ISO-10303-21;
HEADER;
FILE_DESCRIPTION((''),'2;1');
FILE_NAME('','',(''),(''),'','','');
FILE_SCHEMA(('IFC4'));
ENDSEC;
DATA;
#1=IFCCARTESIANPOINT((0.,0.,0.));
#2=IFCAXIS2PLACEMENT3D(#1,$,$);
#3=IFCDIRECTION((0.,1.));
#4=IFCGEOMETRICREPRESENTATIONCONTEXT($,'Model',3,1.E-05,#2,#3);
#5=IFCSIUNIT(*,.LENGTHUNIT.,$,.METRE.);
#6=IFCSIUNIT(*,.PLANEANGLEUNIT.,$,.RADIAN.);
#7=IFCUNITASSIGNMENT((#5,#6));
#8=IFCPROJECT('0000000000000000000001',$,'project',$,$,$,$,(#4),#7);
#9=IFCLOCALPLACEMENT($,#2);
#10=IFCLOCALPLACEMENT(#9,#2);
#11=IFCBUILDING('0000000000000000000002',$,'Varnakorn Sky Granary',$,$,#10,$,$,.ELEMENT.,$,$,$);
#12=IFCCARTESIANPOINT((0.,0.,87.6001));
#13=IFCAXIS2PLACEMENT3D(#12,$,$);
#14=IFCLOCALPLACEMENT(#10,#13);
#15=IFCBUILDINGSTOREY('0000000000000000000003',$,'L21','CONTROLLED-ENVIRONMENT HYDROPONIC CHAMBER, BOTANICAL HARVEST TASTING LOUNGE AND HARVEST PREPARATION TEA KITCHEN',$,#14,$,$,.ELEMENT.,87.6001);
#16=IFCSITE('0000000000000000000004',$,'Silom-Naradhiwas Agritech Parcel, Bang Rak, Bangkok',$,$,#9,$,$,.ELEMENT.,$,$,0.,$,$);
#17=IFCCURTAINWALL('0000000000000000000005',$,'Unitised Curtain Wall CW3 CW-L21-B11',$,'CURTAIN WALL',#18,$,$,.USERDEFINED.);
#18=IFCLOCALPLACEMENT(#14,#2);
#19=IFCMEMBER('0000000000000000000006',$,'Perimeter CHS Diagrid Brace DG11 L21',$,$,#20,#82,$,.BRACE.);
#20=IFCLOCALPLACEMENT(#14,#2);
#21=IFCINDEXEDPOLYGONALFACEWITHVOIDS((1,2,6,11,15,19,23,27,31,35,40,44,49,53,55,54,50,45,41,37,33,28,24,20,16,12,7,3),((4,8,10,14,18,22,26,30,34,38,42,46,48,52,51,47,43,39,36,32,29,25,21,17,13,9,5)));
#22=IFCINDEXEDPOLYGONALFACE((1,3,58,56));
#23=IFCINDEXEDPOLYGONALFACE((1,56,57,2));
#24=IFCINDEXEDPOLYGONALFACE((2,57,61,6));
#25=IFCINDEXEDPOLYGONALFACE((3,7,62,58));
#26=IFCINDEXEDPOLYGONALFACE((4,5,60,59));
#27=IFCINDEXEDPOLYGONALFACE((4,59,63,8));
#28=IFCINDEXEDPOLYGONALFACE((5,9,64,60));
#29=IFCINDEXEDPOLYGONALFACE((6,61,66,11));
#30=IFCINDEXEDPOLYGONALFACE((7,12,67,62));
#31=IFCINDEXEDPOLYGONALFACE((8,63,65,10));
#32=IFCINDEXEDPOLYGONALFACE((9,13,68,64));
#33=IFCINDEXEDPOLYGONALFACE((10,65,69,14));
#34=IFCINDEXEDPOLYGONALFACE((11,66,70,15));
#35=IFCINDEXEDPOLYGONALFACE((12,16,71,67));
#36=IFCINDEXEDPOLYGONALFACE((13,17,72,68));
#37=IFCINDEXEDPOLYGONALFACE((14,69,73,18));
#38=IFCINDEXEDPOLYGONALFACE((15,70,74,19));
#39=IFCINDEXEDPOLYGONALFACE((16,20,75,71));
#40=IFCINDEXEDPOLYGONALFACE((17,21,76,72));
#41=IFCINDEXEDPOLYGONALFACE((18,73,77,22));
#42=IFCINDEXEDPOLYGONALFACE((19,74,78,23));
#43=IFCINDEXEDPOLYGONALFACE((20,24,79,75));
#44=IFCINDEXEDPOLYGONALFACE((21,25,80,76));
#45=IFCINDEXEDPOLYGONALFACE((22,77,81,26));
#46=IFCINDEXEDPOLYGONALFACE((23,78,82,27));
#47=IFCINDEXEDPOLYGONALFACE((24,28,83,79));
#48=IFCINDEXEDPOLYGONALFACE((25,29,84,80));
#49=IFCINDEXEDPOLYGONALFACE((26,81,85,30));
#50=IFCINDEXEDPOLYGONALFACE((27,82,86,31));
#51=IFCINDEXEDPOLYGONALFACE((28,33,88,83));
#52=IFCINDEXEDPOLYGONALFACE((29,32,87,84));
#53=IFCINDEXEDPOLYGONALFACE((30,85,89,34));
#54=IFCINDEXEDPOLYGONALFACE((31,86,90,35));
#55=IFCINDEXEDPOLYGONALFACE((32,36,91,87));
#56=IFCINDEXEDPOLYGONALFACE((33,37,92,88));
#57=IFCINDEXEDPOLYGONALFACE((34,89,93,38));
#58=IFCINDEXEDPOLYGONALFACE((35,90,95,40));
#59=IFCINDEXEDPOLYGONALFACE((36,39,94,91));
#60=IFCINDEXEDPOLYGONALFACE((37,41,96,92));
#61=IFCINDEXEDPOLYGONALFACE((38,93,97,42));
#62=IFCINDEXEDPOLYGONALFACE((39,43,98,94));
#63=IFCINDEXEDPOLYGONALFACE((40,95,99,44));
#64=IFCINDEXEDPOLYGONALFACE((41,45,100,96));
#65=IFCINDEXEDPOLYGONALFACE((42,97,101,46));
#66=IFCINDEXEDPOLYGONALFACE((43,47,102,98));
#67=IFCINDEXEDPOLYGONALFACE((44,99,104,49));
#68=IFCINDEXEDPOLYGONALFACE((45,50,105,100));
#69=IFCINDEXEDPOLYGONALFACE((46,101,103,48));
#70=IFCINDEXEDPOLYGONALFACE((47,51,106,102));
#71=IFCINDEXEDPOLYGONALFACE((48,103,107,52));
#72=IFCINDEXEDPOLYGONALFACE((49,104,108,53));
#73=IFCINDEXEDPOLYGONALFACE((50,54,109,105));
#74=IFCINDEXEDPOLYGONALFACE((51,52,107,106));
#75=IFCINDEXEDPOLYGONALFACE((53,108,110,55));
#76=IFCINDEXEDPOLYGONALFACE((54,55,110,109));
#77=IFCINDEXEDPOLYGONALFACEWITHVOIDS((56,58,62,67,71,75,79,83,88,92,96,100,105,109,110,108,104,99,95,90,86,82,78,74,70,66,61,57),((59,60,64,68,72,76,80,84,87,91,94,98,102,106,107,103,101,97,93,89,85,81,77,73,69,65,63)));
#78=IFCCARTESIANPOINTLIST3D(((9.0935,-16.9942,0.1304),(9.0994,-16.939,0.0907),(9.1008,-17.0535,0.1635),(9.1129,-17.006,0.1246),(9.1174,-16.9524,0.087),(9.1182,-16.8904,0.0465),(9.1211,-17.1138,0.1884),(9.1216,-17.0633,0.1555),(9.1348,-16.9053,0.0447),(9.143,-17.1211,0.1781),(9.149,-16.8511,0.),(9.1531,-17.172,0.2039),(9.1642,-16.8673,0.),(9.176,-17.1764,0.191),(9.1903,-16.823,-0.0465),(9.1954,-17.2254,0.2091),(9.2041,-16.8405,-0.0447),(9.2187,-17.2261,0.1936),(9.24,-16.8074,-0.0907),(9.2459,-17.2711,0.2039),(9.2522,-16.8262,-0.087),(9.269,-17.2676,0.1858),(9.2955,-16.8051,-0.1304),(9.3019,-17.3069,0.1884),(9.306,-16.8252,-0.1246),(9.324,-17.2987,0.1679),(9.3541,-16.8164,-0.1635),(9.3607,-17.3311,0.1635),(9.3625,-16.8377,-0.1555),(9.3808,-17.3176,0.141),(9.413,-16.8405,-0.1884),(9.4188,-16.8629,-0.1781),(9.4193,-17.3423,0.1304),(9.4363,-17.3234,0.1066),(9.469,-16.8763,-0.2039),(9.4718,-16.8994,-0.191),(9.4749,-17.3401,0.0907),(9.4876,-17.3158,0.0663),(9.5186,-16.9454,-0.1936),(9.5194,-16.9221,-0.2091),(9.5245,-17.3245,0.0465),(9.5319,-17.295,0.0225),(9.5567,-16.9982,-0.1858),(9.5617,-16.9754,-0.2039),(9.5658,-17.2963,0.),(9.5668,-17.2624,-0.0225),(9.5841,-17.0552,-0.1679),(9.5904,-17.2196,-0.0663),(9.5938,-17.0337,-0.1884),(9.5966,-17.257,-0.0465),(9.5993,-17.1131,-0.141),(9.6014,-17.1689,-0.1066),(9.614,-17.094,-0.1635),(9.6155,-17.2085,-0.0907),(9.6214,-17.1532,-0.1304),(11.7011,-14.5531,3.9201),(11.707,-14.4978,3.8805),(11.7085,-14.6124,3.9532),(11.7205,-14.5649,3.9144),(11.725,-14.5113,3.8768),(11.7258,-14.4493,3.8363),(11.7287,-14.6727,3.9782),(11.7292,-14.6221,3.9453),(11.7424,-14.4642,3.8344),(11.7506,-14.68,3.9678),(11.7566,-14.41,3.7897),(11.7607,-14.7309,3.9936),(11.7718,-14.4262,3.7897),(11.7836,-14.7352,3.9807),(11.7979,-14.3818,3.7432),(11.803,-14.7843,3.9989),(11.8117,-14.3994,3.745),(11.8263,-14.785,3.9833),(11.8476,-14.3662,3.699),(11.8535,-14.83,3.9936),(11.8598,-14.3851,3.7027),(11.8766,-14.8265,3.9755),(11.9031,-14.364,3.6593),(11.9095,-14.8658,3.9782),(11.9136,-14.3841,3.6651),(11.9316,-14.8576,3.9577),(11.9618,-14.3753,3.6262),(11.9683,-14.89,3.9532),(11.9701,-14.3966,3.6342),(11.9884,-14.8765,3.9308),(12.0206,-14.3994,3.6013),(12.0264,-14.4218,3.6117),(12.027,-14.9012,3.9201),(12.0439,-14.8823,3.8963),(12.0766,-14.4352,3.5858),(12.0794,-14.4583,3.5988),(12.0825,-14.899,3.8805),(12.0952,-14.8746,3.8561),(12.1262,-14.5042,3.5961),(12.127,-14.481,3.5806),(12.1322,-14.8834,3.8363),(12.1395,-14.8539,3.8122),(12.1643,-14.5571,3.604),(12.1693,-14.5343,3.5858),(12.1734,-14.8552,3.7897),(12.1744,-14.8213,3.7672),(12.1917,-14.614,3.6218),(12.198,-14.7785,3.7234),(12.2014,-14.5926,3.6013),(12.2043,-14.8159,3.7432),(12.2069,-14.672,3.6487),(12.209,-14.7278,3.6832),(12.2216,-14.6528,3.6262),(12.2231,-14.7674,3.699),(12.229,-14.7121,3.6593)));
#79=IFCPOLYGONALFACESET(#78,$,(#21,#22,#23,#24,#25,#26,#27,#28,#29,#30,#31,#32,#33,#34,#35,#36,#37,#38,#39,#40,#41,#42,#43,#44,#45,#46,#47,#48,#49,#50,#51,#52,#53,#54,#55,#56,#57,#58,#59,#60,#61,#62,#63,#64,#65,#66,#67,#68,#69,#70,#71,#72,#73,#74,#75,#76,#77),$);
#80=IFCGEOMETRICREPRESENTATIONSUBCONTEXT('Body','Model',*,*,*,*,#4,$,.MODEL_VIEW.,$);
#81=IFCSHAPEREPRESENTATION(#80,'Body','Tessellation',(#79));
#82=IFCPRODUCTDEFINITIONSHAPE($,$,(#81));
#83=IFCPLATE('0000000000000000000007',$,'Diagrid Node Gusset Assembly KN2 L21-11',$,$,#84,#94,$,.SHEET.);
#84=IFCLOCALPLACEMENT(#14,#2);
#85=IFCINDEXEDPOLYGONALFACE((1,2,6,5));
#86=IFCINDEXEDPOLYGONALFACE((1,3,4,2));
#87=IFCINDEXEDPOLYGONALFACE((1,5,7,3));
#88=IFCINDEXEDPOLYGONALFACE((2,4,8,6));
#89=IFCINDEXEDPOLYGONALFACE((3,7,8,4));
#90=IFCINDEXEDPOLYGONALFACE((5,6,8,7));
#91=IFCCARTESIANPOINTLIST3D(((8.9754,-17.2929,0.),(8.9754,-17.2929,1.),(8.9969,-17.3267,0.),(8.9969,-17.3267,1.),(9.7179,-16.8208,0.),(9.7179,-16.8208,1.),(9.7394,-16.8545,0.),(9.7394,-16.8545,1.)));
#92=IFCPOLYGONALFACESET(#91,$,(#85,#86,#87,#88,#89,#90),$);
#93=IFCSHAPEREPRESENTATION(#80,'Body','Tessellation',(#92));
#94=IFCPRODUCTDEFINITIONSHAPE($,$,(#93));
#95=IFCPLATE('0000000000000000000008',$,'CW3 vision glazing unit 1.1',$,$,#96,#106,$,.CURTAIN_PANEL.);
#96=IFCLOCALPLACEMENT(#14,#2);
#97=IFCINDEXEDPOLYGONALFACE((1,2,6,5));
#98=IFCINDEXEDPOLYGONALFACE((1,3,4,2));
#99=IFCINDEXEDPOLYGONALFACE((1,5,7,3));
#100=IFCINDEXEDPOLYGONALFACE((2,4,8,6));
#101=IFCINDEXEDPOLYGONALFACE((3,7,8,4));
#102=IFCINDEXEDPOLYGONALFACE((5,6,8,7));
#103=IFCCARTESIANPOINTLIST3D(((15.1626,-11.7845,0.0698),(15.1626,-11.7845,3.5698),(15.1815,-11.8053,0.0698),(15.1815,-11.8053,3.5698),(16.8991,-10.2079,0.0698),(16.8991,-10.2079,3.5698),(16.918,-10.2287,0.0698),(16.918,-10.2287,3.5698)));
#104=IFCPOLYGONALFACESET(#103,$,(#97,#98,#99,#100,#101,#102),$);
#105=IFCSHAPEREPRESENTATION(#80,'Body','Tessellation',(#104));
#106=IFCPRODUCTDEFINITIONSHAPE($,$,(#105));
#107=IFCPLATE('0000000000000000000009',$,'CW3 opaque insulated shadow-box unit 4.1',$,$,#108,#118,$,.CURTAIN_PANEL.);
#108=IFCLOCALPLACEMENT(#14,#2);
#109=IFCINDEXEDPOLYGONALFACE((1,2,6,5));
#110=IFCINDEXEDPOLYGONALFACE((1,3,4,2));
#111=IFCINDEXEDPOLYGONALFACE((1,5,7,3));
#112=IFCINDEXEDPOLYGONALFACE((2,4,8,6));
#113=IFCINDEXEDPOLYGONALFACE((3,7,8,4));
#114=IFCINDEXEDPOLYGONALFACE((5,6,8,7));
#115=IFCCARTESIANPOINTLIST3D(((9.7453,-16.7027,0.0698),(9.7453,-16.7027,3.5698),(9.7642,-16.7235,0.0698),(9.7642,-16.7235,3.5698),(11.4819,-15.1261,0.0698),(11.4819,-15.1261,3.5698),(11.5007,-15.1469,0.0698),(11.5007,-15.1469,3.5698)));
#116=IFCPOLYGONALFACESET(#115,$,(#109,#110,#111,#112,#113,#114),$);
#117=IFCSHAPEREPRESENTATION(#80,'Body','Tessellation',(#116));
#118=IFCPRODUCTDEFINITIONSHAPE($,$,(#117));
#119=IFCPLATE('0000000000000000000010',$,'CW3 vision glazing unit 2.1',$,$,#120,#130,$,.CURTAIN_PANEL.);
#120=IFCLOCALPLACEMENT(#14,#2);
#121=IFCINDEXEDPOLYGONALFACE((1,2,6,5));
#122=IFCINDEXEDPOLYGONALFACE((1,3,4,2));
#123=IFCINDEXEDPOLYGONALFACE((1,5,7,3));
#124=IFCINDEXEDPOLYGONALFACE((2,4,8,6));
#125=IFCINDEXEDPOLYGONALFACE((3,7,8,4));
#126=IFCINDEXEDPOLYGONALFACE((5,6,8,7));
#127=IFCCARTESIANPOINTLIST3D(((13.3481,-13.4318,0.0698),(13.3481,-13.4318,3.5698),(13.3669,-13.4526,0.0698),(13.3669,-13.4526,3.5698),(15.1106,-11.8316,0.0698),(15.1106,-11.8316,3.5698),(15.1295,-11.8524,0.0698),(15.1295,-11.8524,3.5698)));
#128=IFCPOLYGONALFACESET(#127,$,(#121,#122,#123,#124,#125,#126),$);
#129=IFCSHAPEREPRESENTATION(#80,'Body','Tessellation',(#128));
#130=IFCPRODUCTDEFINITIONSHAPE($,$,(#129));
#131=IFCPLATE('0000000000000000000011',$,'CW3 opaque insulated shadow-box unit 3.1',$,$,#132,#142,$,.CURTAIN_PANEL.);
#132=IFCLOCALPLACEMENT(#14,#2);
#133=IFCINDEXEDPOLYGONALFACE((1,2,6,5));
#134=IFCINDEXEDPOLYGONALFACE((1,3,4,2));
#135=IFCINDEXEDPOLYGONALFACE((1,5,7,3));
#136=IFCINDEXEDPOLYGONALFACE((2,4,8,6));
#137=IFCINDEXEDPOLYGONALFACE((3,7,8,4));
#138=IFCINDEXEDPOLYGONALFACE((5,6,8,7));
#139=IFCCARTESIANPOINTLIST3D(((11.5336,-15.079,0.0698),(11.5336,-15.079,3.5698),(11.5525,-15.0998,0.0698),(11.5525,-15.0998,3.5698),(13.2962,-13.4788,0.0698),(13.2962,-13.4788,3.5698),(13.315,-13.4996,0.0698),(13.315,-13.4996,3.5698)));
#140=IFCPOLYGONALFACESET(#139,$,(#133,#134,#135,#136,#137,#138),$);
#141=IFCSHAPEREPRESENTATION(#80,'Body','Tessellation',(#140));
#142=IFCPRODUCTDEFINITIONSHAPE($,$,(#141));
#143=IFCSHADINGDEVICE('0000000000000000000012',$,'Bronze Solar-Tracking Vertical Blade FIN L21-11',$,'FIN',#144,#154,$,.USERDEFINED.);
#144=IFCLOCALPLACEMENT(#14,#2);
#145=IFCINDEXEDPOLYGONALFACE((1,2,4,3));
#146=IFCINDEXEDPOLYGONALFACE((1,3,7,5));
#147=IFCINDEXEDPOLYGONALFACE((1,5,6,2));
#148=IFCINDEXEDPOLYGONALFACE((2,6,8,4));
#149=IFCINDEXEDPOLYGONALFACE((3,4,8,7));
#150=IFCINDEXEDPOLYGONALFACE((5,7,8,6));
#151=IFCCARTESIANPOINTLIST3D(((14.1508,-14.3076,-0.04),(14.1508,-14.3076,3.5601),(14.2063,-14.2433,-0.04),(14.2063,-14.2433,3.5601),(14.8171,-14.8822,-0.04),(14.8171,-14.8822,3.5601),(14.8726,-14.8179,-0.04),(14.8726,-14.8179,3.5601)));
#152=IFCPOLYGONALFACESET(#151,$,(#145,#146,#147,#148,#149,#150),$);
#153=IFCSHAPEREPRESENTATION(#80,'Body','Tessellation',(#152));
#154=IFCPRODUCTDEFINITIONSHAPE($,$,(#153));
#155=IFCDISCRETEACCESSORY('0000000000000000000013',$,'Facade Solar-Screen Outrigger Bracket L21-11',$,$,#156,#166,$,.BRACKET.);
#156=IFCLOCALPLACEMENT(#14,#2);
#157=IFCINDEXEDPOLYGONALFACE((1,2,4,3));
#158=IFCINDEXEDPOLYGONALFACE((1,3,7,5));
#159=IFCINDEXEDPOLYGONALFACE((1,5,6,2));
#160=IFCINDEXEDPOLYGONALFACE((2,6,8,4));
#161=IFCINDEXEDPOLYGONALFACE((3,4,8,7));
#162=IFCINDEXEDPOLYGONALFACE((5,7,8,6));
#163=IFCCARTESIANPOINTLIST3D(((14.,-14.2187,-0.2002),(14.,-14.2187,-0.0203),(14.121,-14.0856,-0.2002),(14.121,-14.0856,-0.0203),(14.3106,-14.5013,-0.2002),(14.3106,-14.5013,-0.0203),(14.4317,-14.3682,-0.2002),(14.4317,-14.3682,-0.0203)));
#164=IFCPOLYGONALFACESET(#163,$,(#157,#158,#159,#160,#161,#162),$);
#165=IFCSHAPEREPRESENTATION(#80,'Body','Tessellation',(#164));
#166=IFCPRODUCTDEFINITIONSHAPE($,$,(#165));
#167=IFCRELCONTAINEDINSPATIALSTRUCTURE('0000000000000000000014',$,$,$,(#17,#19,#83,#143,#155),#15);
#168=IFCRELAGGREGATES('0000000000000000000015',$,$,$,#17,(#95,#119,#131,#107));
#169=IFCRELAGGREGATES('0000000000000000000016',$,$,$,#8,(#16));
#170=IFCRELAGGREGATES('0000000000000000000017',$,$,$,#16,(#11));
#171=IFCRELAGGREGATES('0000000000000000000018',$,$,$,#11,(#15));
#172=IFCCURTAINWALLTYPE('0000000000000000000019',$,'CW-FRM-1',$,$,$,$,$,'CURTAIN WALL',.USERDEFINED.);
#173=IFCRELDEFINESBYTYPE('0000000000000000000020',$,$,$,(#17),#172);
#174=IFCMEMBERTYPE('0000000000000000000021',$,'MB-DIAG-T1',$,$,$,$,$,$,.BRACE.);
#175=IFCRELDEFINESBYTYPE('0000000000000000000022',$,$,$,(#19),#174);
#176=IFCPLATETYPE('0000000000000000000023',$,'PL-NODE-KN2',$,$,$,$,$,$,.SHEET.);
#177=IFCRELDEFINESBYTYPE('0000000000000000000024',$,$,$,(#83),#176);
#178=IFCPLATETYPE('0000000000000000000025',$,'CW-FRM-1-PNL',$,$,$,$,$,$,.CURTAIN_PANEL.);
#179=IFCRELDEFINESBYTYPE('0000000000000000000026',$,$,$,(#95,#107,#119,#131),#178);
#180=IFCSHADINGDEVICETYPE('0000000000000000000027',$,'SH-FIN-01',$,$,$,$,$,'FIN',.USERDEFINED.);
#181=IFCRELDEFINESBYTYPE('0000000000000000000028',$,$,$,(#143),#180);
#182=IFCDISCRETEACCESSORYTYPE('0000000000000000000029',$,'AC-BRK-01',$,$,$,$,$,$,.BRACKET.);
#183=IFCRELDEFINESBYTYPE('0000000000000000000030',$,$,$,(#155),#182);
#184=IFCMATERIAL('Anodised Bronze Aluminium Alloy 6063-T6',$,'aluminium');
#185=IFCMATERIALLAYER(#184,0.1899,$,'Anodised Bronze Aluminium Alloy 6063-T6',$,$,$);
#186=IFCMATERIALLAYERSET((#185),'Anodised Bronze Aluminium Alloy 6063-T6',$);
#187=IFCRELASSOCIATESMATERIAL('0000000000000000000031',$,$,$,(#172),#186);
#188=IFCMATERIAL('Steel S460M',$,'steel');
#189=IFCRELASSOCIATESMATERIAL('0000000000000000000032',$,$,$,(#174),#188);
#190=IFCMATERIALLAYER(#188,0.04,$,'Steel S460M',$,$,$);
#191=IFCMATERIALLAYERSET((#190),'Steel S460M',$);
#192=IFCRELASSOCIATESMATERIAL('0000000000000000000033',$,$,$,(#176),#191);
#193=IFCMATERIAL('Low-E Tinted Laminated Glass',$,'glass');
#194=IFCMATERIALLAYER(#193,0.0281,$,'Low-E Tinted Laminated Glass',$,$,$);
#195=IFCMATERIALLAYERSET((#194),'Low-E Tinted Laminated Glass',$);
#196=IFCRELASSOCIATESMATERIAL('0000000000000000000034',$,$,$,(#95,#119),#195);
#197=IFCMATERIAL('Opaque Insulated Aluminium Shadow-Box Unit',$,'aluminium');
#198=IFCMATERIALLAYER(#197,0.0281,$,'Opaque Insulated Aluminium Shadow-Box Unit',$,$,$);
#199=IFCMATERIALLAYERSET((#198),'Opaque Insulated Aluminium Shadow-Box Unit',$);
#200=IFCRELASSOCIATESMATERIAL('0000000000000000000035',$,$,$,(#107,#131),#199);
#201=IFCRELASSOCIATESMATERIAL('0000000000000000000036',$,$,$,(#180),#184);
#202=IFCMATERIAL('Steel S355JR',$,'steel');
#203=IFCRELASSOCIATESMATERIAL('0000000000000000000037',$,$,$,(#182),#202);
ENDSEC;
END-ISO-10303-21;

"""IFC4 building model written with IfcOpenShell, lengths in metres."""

from ifc_helpers import new_model, si_unit, direction, frame, origin, origin_2d, place, context, subcontext, project, spatial, rectangle, hollow_circle, extrude, source, transform, mapped, material, layer, layer_set, material_profile, profile_set, type_object, type_shapes, element, aggregate, save


model = new_model("IFC4")

# Units and contexts
model_context = context("Model", 3, precision=1e-05, world=origin(), true_north=direction((0.0, 1.0)))
body_context = subcontext(model_context, "Body", "Model", "MODEL_VIEW")
ifc_project = project(units=[si_unit("LENGTHUNIT", "METRE"), si_unit("PLANEANGLEUNIT", "RADIAN")], contexts=[model_context])

# Site, building, storey
site_placement = place(None, origin())
site = spatial("IfcSite", under=ifc_project, at=site_placement, Name="Silom-Naradhiwas Agritech Parcel, Bang Rak, Bangkok", CompositionType="ELEMENT", RefElevation=0.0)
building_placement = place(site_placement, origin())
building = spatial("IfcBuilding", under=site, at=building_placement, Name="Varnakorn Sky Granary", CompositionType="ELEMENT")
storey_placement = place(building_placement, frame((0.0, 0.0, 87.6001)))
storey = spatial("IfcBuildingStorey", under=building, at=storey_placement, Name="L21", Description="CONTROLLED-ENVIRONMENT HYDROPONIC CHAMBER, BOTANICAL HARVEST TASTING LOUNGE AND HARVEST PREPARATION TEA KITCHEN", CompositionType="ELEMENT", Elevation=87.6001)

# Shared definitions
ifc_material_1 = material(Name="Steel S460M", Category="steel")

# Shared definitions
ifc_material_2 = material(Name="Steel S355JR", Category="steel")

# Curtain wall
ifc_material_3 = material(Name="Anodised Bronze Aluminium Alloy 6063-T6", Category="aluminium")
ifc_layer_1 = layer(ifc_material_3, 0.1899, Name="Anodised Bronze Aluminium Alloy 6063-T6")
ifc_layer_set_1 = layer_set([ifc_layer_1], Name="Anodised Bronze Aluminium Alloy 6063-T6")
curtain_wall_type = type_object("IfcCurtainWallType", Name="CW-FRM-1", ElementType="CURTAIN WALL", PredefinedType="USERDEFINED", material=ifc_layer_set_1)
curtain_wall_placement = place(storey_placement, origin())
curtain_wall = element("IfcCurtainWall", 1, at=curtain_wall_placement, inside=storey, type_object=curtain_wall_type, Name="Unitised Curtain Wall CW3 CW-L21-B11", ObjectType="CURTAIN WALL", PredefinedType="USERDEFINED")

# Member
ifc_material_profile_1 = material_profile(ifc_material_1, hollow_circle(Radius=0.3049, WallThickness=0.0222, at=origin_2d()), Name="CHS 610x22")
ifc_profile_set_1 = profile_set([ifc_material_profile_1], Name="Steel S460M")
member_type_1 = type_object("IfcMemberType", Name="MB-DIAG-T1", PredefinedType="BRACE", material=ifc_profile_set_1)
member_1_placement = place(storey_placement, frame((9.3574, -17.0737, 0.0), z_axis=(0.500718, 0.468746, 0.727708), x_axis=(-0.683416, 0.730029, 0.0)))
element("IfcMember", 2, at=member_1_placement, inside=storey, type_object=member_type_1, Name="Perimeter CHS Diagrid Brace DG11 L21", PredefinedType="BRACE", context=body_context, shape_type="SweptSolid", body=[
    extrude(hollow_circle(Radius=0.3049, WallThickness=0.0222, at=origin_2d()), origin(), (0.0, 0.0, 1.0), 5.2078),
])

# Plates
ifc_layer_2 = layer(ifc_material_1, 0.04, Name="Steel S460M")
ifc_layer_set_2 = layer_set([ifc_layer_2], Name="Steel S460M")
plate_type_1 = type_object("IfcPlateType", Name="PL-NODE-KN2", PredefinedType="SHEET", material=ifc_layer_set_2)
plate_1_placement = place(storey_placement, frame((9.3574, -17.0737, 0.0), z_axis=(0.0, 0.0, 1.0), x_axis=(0.843831, 0.536609, 0.0)))
element("IfcPlate", 3, at=plate_1_placement, inside=storey, type_object=plate_type_1, Name="Diagrid Node Gusset Assembly KN2 L21-11", PredefinedType="SHEET", context=body_context, shape_type="SweptSolid", body=[
    extrude(rectangle(XDim=0.8799, YDim=0.04, at=origin_2d()), origin(), (0.0, 0.0, 1.0), 1.0),
])
ifc_material_4 = material(Name="Low-E Tinted Laminated Glass", Category="glass")
ifc_layer_3 = layer(ifc_material_4, 0.0281, Name="Low-E Tinted Laminated Glass")
ifc_layer_set_3 = layer_set([ifc_layer_3], Name="Low-E Tinted Laminated Glass")
plate_type_2 = type_object("IfcPlateType", Name="CW-FRM-1-PNL", PredefinedType="CURTAIN_PANEL")
shared_shape_1 = source(origin(), body_context, "Body", "SweptSolid", [
    extrude(rectangle(XDim=2.3455, YDim=0.0281, at=origin_2d()), origin(), (0.0, 0.0, 1.0), 3.5),
])
plate_2_placement = place(storey_placement, frame((16.0403, -11.0066, 0.0698), z_axis=(0.0, 0.0, 1.0), x_axis=(-0.740378, -0.67219, 0.0)))
plate_2 = element("IfcPlate", 4, at=plate_2_placement, type_object=plate_type_2, material=ifc_layer_set_3, Name="CW3 vision glazing unit 1.1", PredefinedType="CURTAIN_PANEL", context=body_context, shape_type="MappedRepresentation", body=[
    mapped(shared_shape_1, transform((0.0, 0.0, 0.0), x_axis=(1.0, 0.0, 0.0), y_axis=(0.0, 1.0, 0.0), z_axis=(0.0, 0.0, 1.0), scale=1.0)),
])
ifc_material_5 = material(Name="Opaque Insulated Aluminium Shadow-Box Unit", Category="aluminium")
ifc_layer_4 = layer(ifc_material_5, 0.0281, Name="Opaque Insulated Aluminium Shadow-Box Unit")
ifc_layer_set_4 = layer_set([ifc_layer_4], Name="Opaque Insulated Aluminium Shadow-Box Unit")
plate_3_placement = place(storey_placement, frame((10.623, -15.9248, 0.0698), z_axis=(0.0, 0.0, 1.0), x_axis=(-0.740378, -0.67219, 0.0)))
plate_3 = element("IfcPlate", 5, at=plate_3_placement, type_object=plate_type_2, material=ifc_layer_set_4, Name="CW3 opaque insulated shadow-box unit 4.1", PredefinedType="CURTAIN_PANEL", context=body_context, shape_type="MappedRepresentation", body=[
    mapped(shared_shape_1, transform((0.0, 0.0, 0.0), x_axis=(1.0, 0.0, 0.0), y_axis=(0.0, 1.0, 0.0), z_axis=(0.0, 0.0, 1.0), scale=1.0)),
])
shared_shape_2 = source(origin(), body_context, "Body", "SweptSolid", [
    extrude(rectangle(XDim=2.3806, YDim=0.0281, at=origin_2d()), origin(), (0.0, 0.0, 1.0), 3.5),
])
type_shapes(plate_type_2, [shared_shape_1, shared_shape_2])
plate_4_placement = place(storey_placement, frame((14.2388, -12.6421, 0.0698), z_axis=(0.0, 0.0, 1.0), x_axis=(-0.740378, -0.67219, 0.0)))
plate_4 = element("IfcPlate", 6, at=plate_4_placement, type_object=plate_type_2, material=ifc_layer_set_3, Name="CW3 vision glazing unit 2.1", PredefinedType="CURTAIN_PANEL", context=body_context, shape_type="MappedRepresentation", body=[
    mapped(shared_shape_2, transform((0.0, 0.0, 0.0), x_axis=(1.0, 0.0, 0.0), y_axis=(0.0, 1.0, 0.0), z_axis=(0.0, 0.0, 1.0), scale=1.0)),
])
plate_5_placement = place(storey_placement, frame((12.4243, -14.2893, 0.0698), z_axis=(0.0, 0.0, 1.0), x_axis=(-0.740378, -0.67219, 0.0)))
plate_5 = element("IfcPlate", 7, at=plate_5_placement, type_object=plate_type_2, material=ifc_layer_set_4, Name="CW3 opaque insulated shadow-box unit 3.1", PredefinedType="CURTAIN_PANEL", context=body_context, shape_type="MappedRepresentation", body=[
    mapped(shared_shape_2, transform((0.0, 0.0, 0.0), x_axis=(1.0, 0.0, 0.0), y_axis=(0.0, 1.0, 0.0), z_axis=(0.0, 0.0, 1.0), scale=1.0)),
])
aggregate(curtain_wall, [plate_2, plate_4, plate_5, plate_3])

# Shading device
shading_device_type = type_object("IfcShadingDeviceType", Name="SH-FIN-01", ElementType="FIN", PredefinedType="USERDEFINED", material=ifc_material_3)
shared_shape_3 = source(origin(), body_context, "Body", "SweptSolid", [
    extrude(rectangle(XDim=0.085, YDim=0.8799, at=origin_2d()), origin(), (0.0, 0.0, 1.0), 3.6001),
])
type_shapes(shading_device_type, [shared_shape_3])
shading_device_placement = place(storey_placement, frame((14.5117, -14.5627, -0.04), z_axis=(0.0, 0.0, 1.0), x_axis=(0.653066, 0.757301, 0.0)))
element("IfcShadingDevice", 8, at=shading_device_placement, inside=storey, type_object=shading_device_type, Name="Bronze Solar-Tracking Vertical Blade FIN L21-11", ObjectType="FIN", PredefinedType="USERDEFINED", context=body_context, shape_type="MappedRepresentation", body=[
    mapped(shared_shape_3, transform((0.0, 0.0, 0.0), x_axis=(1.0, 0.0, 0.0), y_axis=(0.0, 1.0, 0.0), z_axis=(0.0, 0.0, 1.0), scale=1.0)),
])

# Discrete accessory
discrete_accessory_type = type_object("IfcDiscreteAccessoryType", Name="AC-BRK-01", PredefinedType="BRACKET", material=ifc_material_2)
shared_shape_4 = source(origin(), body_context, "Body", "SweptSolid", [
    extrude(rectangle(XDim=0.1799, YDim=0.4199, at=origin_2d()), origin(), (0.0, 0.0, 1.0), 0.1799),
])
type_shapes(discrete_accessory_type, [shared_shape_4])
discrete_accessory_placement = place(storey_placement, frame((14.2158, -14.2935, -0.2002), z_axis=(0.0, 0.0, 1.0), x_axis=(0.672837, 0.739791, 0.0)))
element("IfcDiscreteAccessory", 9, at=discrete_accessory_placement, inside=storey, type_object=discrete_accessory_type, Name="Facade Solar-Screen Outrigger Bracket L21-11", PredefinedType="BRACKET", context=body_context, shape_type="MappedRepresentation", body=[
    mapped(shared_shape_4, transform((0.0, 0.0, 0.0), x_axis=(1.0, 0.0, 0.0), y_axis=(0.0, 1.0, 0.0), z_axis=(0.0, 0.0, 1.0), scale=1.0)),
])

save(model, "model.ifc")
